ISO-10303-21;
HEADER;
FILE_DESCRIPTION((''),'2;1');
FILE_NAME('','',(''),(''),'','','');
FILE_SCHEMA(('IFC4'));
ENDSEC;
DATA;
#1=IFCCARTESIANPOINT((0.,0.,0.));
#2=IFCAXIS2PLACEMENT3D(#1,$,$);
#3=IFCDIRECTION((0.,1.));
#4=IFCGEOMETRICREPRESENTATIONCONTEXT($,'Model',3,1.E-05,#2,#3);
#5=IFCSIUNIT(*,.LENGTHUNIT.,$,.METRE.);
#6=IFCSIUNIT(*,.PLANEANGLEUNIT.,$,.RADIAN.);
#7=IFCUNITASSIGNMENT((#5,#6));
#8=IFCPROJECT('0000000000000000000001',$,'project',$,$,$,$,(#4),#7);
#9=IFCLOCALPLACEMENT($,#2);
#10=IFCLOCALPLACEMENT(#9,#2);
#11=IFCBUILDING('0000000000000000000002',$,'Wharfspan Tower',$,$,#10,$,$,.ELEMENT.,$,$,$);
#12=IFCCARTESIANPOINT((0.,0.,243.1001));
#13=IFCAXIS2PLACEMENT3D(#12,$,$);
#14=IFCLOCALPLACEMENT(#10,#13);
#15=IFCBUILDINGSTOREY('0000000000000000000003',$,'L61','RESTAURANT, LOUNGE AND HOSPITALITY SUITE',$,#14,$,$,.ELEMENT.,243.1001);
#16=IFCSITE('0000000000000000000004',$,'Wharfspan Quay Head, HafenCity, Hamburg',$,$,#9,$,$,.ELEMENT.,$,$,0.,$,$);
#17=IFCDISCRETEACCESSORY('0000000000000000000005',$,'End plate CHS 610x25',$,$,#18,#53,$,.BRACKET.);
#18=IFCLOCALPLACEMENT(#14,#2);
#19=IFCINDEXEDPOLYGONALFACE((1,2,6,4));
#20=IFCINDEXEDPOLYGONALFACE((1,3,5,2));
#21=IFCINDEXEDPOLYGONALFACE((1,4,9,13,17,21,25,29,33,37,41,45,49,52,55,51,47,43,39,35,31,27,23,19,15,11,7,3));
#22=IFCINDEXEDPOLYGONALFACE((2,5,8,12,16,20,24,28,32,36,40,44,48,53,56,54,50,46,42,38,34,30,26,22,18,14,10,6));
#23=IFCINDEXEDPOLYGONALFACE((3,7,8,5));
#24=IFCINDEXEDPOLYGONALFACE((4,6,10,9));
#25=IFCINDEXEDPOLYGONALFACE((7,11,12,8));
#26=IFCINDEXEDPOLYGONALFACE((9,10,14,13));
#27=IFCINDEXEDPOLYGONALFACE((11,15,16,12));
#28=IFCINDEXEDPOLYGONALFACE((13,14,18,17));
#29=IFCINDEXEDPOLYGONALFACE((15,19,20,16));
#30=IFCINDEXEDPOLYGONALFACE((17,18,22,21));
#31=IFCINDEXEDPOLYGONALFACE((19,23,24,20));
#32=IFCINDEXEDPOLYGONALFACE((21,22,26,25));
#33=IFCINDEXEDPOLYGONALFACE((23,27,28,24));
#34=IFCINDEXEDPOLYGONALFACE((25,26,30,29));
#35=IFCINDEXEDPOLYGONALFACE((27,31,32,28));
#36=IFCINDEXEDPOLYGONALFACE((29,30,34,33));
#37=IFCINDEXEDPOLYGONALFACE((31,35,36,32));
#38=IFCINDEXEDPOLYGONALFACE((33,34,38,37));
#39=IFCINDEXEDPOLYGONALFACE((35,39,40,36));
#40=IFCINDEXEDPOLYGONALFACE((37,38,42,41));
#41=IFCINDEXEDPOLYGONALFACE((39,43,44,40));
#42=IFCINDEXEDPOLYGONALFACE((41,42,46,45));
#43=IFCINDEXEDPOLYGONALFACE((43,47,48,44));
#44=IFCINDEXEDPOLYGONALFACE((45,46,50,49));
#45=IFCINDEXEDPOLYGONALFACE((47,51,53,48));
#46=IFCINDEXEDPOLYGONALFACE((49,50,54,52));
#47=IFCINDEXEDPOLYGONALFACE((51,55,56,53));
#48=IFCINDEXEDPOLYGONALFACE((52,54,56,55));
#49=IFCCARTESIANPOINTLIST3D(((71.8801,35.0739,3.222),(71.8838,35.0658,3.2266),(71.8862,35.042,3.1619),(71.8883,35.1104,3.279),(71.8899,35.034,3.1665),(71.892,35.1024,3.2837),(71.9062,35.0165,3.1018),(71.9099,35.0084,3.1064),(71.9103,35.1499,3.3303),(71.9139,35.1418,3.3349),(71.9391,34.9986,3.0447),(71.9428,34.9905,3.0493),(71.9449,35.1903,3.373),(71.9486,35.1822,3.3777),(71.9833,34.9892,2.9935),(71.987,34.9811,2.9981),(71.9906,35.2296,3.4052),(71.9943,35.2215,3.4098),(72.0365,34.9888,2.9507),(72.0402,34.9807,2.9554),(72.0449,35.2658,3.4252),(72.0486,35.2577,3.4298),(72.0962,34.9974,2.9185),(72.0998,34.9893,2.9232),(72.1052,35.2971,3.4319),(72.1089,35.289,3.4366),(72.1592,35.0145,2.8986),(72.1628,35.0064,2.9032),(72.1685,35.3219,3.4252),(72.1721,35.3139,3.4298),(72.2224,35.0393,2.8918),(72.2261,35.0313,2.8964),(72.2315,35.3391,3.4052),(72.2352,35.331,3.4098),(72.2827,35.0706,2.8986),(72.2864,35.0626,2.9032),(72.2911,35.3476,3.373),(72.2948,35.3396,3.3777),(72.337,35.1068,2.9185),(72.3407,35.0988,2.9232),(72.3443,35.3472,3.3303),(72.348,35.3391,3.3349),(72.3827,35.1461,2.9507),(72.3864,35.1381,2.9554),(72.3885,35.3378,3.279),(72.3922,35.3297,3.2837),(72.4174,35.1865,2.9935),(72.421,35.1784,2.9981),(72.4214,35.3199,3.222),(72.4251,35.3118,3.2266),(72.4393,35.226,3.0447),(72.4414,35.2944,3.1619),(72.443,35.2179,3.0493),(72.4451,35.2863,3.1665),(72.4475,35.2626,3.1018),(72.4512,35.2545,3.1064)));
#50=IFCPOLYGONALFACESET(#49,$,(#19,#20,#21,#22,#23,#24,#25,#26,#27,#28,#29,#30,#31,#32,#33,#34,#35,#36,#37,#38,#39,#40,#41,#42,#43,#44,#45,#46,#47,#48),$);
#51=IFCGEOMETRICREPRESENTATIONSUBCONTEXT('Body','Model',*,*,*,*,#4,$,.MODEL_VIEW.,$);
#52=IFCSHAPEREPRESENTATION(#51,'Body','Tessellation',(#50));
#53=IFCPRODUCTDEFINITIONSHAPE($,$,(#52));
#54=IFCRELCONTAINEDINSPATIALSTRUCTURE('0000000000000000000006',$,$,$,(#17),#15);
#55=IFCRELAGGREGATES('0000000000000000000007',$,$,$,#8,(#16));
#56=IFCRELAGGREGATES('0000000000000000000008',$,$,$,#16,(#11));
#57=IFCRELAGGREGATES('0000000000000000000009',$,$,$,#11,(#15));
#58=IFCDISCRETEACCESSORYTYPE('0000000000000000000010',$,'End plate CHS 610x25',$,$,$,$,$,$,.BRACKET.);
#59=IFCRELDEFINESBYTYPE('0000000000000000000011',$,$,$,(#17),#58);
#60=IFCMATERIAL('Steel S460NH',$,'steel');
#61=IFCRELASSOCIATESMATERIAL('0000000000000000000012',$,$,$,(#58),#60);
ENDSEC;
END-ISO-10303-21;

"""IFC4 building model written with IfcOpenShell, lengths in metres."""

from ifc_helpers import new_model, si_unit, direction, frame, origin, origin_2d, place, context, subcontext, project, spatial, circle, extrude, material, material_profile, profile_set, type_object, element, save


model = new_model("IFC4")

# Units and contexts
model_context = context("Model", 3, precision=1e-05, world=origin(), true_north=direction((0.0, 1.0)))
body_context = subcontext(model_context, "Body", "Model", "MODEL_VIEW")
ifc_project = project(units=[si_unit("LENGTHUNIT", "METRE"), si_unit("PLANEANGLEUNIT", "RADIAN")], contexts=[model_context])

# Site, building, storey
site_placement = place(None, origin())
site = spatial("IfcSite", under=ifc_project, at=site_placement, Name="Wharfspan Quay Head, HafenCity, Hamburg", CompositionType="ELEMENT", RefElevation=0.0)
building_placement = place(site_placement, origin())
building = spatial("IfcBuilding", under=site, at=building_placement, Name="Wharfspan Tower", CompositionType="ELEMENT")
storey_placement = place(building_placement, frame((0.0, 0.0, 243.1001)))
storey = spatial("IfcBuildingStorey", under=building, at=storey_placement, Name="L61", Description="RESTAURANT, LOUNGE AND HOSPITALITY SUITE", CompositionType="ELEMENT", Elevation=243.1001)

# Shared definitions
ifc_material_1 = material(Name="Steel S460NH", Category="steel")

# Discrete accessory
ifc_material_profile_1 = material_profile(ifc_material_1, circle(Radius=0.3049, at=origin_2d()))
ifc_profile_set_1 = profile_set([ifc_material_profile_1], Name="Steel S460NH")
discrete_accessory_type = type_object("IfcDiscreteAccessoryType", Name="End plate CHS 610x25", PredefinedType="BRACKET", material=ifc_profile_set_1)
for number, where, z_axis, x_axis, name in (
    (1, (72.1638, 35.1682, 3.1619), (0.366508, -0.806318, 0.464244), (0.910368, 0.413804, 0.000001), "End plate CHS 610x25"),
):
    element("IfcDiscreteAccessory", number, at=place(storey_placement, frame(where, z_axis=z_axis, x_axis=x_axis)), inside=storey, type_object=discrete_accessory_type, Name=name, PredefinedType="BRACKET", context=body_context, shape_type="SweptSolid", body=[
        extrude(circle(Radius=0.3049, at=origin_2d()), origin(), (0.0, 0.0, 1.0), 0.01),
    ])

save(model, "model.ifc")
